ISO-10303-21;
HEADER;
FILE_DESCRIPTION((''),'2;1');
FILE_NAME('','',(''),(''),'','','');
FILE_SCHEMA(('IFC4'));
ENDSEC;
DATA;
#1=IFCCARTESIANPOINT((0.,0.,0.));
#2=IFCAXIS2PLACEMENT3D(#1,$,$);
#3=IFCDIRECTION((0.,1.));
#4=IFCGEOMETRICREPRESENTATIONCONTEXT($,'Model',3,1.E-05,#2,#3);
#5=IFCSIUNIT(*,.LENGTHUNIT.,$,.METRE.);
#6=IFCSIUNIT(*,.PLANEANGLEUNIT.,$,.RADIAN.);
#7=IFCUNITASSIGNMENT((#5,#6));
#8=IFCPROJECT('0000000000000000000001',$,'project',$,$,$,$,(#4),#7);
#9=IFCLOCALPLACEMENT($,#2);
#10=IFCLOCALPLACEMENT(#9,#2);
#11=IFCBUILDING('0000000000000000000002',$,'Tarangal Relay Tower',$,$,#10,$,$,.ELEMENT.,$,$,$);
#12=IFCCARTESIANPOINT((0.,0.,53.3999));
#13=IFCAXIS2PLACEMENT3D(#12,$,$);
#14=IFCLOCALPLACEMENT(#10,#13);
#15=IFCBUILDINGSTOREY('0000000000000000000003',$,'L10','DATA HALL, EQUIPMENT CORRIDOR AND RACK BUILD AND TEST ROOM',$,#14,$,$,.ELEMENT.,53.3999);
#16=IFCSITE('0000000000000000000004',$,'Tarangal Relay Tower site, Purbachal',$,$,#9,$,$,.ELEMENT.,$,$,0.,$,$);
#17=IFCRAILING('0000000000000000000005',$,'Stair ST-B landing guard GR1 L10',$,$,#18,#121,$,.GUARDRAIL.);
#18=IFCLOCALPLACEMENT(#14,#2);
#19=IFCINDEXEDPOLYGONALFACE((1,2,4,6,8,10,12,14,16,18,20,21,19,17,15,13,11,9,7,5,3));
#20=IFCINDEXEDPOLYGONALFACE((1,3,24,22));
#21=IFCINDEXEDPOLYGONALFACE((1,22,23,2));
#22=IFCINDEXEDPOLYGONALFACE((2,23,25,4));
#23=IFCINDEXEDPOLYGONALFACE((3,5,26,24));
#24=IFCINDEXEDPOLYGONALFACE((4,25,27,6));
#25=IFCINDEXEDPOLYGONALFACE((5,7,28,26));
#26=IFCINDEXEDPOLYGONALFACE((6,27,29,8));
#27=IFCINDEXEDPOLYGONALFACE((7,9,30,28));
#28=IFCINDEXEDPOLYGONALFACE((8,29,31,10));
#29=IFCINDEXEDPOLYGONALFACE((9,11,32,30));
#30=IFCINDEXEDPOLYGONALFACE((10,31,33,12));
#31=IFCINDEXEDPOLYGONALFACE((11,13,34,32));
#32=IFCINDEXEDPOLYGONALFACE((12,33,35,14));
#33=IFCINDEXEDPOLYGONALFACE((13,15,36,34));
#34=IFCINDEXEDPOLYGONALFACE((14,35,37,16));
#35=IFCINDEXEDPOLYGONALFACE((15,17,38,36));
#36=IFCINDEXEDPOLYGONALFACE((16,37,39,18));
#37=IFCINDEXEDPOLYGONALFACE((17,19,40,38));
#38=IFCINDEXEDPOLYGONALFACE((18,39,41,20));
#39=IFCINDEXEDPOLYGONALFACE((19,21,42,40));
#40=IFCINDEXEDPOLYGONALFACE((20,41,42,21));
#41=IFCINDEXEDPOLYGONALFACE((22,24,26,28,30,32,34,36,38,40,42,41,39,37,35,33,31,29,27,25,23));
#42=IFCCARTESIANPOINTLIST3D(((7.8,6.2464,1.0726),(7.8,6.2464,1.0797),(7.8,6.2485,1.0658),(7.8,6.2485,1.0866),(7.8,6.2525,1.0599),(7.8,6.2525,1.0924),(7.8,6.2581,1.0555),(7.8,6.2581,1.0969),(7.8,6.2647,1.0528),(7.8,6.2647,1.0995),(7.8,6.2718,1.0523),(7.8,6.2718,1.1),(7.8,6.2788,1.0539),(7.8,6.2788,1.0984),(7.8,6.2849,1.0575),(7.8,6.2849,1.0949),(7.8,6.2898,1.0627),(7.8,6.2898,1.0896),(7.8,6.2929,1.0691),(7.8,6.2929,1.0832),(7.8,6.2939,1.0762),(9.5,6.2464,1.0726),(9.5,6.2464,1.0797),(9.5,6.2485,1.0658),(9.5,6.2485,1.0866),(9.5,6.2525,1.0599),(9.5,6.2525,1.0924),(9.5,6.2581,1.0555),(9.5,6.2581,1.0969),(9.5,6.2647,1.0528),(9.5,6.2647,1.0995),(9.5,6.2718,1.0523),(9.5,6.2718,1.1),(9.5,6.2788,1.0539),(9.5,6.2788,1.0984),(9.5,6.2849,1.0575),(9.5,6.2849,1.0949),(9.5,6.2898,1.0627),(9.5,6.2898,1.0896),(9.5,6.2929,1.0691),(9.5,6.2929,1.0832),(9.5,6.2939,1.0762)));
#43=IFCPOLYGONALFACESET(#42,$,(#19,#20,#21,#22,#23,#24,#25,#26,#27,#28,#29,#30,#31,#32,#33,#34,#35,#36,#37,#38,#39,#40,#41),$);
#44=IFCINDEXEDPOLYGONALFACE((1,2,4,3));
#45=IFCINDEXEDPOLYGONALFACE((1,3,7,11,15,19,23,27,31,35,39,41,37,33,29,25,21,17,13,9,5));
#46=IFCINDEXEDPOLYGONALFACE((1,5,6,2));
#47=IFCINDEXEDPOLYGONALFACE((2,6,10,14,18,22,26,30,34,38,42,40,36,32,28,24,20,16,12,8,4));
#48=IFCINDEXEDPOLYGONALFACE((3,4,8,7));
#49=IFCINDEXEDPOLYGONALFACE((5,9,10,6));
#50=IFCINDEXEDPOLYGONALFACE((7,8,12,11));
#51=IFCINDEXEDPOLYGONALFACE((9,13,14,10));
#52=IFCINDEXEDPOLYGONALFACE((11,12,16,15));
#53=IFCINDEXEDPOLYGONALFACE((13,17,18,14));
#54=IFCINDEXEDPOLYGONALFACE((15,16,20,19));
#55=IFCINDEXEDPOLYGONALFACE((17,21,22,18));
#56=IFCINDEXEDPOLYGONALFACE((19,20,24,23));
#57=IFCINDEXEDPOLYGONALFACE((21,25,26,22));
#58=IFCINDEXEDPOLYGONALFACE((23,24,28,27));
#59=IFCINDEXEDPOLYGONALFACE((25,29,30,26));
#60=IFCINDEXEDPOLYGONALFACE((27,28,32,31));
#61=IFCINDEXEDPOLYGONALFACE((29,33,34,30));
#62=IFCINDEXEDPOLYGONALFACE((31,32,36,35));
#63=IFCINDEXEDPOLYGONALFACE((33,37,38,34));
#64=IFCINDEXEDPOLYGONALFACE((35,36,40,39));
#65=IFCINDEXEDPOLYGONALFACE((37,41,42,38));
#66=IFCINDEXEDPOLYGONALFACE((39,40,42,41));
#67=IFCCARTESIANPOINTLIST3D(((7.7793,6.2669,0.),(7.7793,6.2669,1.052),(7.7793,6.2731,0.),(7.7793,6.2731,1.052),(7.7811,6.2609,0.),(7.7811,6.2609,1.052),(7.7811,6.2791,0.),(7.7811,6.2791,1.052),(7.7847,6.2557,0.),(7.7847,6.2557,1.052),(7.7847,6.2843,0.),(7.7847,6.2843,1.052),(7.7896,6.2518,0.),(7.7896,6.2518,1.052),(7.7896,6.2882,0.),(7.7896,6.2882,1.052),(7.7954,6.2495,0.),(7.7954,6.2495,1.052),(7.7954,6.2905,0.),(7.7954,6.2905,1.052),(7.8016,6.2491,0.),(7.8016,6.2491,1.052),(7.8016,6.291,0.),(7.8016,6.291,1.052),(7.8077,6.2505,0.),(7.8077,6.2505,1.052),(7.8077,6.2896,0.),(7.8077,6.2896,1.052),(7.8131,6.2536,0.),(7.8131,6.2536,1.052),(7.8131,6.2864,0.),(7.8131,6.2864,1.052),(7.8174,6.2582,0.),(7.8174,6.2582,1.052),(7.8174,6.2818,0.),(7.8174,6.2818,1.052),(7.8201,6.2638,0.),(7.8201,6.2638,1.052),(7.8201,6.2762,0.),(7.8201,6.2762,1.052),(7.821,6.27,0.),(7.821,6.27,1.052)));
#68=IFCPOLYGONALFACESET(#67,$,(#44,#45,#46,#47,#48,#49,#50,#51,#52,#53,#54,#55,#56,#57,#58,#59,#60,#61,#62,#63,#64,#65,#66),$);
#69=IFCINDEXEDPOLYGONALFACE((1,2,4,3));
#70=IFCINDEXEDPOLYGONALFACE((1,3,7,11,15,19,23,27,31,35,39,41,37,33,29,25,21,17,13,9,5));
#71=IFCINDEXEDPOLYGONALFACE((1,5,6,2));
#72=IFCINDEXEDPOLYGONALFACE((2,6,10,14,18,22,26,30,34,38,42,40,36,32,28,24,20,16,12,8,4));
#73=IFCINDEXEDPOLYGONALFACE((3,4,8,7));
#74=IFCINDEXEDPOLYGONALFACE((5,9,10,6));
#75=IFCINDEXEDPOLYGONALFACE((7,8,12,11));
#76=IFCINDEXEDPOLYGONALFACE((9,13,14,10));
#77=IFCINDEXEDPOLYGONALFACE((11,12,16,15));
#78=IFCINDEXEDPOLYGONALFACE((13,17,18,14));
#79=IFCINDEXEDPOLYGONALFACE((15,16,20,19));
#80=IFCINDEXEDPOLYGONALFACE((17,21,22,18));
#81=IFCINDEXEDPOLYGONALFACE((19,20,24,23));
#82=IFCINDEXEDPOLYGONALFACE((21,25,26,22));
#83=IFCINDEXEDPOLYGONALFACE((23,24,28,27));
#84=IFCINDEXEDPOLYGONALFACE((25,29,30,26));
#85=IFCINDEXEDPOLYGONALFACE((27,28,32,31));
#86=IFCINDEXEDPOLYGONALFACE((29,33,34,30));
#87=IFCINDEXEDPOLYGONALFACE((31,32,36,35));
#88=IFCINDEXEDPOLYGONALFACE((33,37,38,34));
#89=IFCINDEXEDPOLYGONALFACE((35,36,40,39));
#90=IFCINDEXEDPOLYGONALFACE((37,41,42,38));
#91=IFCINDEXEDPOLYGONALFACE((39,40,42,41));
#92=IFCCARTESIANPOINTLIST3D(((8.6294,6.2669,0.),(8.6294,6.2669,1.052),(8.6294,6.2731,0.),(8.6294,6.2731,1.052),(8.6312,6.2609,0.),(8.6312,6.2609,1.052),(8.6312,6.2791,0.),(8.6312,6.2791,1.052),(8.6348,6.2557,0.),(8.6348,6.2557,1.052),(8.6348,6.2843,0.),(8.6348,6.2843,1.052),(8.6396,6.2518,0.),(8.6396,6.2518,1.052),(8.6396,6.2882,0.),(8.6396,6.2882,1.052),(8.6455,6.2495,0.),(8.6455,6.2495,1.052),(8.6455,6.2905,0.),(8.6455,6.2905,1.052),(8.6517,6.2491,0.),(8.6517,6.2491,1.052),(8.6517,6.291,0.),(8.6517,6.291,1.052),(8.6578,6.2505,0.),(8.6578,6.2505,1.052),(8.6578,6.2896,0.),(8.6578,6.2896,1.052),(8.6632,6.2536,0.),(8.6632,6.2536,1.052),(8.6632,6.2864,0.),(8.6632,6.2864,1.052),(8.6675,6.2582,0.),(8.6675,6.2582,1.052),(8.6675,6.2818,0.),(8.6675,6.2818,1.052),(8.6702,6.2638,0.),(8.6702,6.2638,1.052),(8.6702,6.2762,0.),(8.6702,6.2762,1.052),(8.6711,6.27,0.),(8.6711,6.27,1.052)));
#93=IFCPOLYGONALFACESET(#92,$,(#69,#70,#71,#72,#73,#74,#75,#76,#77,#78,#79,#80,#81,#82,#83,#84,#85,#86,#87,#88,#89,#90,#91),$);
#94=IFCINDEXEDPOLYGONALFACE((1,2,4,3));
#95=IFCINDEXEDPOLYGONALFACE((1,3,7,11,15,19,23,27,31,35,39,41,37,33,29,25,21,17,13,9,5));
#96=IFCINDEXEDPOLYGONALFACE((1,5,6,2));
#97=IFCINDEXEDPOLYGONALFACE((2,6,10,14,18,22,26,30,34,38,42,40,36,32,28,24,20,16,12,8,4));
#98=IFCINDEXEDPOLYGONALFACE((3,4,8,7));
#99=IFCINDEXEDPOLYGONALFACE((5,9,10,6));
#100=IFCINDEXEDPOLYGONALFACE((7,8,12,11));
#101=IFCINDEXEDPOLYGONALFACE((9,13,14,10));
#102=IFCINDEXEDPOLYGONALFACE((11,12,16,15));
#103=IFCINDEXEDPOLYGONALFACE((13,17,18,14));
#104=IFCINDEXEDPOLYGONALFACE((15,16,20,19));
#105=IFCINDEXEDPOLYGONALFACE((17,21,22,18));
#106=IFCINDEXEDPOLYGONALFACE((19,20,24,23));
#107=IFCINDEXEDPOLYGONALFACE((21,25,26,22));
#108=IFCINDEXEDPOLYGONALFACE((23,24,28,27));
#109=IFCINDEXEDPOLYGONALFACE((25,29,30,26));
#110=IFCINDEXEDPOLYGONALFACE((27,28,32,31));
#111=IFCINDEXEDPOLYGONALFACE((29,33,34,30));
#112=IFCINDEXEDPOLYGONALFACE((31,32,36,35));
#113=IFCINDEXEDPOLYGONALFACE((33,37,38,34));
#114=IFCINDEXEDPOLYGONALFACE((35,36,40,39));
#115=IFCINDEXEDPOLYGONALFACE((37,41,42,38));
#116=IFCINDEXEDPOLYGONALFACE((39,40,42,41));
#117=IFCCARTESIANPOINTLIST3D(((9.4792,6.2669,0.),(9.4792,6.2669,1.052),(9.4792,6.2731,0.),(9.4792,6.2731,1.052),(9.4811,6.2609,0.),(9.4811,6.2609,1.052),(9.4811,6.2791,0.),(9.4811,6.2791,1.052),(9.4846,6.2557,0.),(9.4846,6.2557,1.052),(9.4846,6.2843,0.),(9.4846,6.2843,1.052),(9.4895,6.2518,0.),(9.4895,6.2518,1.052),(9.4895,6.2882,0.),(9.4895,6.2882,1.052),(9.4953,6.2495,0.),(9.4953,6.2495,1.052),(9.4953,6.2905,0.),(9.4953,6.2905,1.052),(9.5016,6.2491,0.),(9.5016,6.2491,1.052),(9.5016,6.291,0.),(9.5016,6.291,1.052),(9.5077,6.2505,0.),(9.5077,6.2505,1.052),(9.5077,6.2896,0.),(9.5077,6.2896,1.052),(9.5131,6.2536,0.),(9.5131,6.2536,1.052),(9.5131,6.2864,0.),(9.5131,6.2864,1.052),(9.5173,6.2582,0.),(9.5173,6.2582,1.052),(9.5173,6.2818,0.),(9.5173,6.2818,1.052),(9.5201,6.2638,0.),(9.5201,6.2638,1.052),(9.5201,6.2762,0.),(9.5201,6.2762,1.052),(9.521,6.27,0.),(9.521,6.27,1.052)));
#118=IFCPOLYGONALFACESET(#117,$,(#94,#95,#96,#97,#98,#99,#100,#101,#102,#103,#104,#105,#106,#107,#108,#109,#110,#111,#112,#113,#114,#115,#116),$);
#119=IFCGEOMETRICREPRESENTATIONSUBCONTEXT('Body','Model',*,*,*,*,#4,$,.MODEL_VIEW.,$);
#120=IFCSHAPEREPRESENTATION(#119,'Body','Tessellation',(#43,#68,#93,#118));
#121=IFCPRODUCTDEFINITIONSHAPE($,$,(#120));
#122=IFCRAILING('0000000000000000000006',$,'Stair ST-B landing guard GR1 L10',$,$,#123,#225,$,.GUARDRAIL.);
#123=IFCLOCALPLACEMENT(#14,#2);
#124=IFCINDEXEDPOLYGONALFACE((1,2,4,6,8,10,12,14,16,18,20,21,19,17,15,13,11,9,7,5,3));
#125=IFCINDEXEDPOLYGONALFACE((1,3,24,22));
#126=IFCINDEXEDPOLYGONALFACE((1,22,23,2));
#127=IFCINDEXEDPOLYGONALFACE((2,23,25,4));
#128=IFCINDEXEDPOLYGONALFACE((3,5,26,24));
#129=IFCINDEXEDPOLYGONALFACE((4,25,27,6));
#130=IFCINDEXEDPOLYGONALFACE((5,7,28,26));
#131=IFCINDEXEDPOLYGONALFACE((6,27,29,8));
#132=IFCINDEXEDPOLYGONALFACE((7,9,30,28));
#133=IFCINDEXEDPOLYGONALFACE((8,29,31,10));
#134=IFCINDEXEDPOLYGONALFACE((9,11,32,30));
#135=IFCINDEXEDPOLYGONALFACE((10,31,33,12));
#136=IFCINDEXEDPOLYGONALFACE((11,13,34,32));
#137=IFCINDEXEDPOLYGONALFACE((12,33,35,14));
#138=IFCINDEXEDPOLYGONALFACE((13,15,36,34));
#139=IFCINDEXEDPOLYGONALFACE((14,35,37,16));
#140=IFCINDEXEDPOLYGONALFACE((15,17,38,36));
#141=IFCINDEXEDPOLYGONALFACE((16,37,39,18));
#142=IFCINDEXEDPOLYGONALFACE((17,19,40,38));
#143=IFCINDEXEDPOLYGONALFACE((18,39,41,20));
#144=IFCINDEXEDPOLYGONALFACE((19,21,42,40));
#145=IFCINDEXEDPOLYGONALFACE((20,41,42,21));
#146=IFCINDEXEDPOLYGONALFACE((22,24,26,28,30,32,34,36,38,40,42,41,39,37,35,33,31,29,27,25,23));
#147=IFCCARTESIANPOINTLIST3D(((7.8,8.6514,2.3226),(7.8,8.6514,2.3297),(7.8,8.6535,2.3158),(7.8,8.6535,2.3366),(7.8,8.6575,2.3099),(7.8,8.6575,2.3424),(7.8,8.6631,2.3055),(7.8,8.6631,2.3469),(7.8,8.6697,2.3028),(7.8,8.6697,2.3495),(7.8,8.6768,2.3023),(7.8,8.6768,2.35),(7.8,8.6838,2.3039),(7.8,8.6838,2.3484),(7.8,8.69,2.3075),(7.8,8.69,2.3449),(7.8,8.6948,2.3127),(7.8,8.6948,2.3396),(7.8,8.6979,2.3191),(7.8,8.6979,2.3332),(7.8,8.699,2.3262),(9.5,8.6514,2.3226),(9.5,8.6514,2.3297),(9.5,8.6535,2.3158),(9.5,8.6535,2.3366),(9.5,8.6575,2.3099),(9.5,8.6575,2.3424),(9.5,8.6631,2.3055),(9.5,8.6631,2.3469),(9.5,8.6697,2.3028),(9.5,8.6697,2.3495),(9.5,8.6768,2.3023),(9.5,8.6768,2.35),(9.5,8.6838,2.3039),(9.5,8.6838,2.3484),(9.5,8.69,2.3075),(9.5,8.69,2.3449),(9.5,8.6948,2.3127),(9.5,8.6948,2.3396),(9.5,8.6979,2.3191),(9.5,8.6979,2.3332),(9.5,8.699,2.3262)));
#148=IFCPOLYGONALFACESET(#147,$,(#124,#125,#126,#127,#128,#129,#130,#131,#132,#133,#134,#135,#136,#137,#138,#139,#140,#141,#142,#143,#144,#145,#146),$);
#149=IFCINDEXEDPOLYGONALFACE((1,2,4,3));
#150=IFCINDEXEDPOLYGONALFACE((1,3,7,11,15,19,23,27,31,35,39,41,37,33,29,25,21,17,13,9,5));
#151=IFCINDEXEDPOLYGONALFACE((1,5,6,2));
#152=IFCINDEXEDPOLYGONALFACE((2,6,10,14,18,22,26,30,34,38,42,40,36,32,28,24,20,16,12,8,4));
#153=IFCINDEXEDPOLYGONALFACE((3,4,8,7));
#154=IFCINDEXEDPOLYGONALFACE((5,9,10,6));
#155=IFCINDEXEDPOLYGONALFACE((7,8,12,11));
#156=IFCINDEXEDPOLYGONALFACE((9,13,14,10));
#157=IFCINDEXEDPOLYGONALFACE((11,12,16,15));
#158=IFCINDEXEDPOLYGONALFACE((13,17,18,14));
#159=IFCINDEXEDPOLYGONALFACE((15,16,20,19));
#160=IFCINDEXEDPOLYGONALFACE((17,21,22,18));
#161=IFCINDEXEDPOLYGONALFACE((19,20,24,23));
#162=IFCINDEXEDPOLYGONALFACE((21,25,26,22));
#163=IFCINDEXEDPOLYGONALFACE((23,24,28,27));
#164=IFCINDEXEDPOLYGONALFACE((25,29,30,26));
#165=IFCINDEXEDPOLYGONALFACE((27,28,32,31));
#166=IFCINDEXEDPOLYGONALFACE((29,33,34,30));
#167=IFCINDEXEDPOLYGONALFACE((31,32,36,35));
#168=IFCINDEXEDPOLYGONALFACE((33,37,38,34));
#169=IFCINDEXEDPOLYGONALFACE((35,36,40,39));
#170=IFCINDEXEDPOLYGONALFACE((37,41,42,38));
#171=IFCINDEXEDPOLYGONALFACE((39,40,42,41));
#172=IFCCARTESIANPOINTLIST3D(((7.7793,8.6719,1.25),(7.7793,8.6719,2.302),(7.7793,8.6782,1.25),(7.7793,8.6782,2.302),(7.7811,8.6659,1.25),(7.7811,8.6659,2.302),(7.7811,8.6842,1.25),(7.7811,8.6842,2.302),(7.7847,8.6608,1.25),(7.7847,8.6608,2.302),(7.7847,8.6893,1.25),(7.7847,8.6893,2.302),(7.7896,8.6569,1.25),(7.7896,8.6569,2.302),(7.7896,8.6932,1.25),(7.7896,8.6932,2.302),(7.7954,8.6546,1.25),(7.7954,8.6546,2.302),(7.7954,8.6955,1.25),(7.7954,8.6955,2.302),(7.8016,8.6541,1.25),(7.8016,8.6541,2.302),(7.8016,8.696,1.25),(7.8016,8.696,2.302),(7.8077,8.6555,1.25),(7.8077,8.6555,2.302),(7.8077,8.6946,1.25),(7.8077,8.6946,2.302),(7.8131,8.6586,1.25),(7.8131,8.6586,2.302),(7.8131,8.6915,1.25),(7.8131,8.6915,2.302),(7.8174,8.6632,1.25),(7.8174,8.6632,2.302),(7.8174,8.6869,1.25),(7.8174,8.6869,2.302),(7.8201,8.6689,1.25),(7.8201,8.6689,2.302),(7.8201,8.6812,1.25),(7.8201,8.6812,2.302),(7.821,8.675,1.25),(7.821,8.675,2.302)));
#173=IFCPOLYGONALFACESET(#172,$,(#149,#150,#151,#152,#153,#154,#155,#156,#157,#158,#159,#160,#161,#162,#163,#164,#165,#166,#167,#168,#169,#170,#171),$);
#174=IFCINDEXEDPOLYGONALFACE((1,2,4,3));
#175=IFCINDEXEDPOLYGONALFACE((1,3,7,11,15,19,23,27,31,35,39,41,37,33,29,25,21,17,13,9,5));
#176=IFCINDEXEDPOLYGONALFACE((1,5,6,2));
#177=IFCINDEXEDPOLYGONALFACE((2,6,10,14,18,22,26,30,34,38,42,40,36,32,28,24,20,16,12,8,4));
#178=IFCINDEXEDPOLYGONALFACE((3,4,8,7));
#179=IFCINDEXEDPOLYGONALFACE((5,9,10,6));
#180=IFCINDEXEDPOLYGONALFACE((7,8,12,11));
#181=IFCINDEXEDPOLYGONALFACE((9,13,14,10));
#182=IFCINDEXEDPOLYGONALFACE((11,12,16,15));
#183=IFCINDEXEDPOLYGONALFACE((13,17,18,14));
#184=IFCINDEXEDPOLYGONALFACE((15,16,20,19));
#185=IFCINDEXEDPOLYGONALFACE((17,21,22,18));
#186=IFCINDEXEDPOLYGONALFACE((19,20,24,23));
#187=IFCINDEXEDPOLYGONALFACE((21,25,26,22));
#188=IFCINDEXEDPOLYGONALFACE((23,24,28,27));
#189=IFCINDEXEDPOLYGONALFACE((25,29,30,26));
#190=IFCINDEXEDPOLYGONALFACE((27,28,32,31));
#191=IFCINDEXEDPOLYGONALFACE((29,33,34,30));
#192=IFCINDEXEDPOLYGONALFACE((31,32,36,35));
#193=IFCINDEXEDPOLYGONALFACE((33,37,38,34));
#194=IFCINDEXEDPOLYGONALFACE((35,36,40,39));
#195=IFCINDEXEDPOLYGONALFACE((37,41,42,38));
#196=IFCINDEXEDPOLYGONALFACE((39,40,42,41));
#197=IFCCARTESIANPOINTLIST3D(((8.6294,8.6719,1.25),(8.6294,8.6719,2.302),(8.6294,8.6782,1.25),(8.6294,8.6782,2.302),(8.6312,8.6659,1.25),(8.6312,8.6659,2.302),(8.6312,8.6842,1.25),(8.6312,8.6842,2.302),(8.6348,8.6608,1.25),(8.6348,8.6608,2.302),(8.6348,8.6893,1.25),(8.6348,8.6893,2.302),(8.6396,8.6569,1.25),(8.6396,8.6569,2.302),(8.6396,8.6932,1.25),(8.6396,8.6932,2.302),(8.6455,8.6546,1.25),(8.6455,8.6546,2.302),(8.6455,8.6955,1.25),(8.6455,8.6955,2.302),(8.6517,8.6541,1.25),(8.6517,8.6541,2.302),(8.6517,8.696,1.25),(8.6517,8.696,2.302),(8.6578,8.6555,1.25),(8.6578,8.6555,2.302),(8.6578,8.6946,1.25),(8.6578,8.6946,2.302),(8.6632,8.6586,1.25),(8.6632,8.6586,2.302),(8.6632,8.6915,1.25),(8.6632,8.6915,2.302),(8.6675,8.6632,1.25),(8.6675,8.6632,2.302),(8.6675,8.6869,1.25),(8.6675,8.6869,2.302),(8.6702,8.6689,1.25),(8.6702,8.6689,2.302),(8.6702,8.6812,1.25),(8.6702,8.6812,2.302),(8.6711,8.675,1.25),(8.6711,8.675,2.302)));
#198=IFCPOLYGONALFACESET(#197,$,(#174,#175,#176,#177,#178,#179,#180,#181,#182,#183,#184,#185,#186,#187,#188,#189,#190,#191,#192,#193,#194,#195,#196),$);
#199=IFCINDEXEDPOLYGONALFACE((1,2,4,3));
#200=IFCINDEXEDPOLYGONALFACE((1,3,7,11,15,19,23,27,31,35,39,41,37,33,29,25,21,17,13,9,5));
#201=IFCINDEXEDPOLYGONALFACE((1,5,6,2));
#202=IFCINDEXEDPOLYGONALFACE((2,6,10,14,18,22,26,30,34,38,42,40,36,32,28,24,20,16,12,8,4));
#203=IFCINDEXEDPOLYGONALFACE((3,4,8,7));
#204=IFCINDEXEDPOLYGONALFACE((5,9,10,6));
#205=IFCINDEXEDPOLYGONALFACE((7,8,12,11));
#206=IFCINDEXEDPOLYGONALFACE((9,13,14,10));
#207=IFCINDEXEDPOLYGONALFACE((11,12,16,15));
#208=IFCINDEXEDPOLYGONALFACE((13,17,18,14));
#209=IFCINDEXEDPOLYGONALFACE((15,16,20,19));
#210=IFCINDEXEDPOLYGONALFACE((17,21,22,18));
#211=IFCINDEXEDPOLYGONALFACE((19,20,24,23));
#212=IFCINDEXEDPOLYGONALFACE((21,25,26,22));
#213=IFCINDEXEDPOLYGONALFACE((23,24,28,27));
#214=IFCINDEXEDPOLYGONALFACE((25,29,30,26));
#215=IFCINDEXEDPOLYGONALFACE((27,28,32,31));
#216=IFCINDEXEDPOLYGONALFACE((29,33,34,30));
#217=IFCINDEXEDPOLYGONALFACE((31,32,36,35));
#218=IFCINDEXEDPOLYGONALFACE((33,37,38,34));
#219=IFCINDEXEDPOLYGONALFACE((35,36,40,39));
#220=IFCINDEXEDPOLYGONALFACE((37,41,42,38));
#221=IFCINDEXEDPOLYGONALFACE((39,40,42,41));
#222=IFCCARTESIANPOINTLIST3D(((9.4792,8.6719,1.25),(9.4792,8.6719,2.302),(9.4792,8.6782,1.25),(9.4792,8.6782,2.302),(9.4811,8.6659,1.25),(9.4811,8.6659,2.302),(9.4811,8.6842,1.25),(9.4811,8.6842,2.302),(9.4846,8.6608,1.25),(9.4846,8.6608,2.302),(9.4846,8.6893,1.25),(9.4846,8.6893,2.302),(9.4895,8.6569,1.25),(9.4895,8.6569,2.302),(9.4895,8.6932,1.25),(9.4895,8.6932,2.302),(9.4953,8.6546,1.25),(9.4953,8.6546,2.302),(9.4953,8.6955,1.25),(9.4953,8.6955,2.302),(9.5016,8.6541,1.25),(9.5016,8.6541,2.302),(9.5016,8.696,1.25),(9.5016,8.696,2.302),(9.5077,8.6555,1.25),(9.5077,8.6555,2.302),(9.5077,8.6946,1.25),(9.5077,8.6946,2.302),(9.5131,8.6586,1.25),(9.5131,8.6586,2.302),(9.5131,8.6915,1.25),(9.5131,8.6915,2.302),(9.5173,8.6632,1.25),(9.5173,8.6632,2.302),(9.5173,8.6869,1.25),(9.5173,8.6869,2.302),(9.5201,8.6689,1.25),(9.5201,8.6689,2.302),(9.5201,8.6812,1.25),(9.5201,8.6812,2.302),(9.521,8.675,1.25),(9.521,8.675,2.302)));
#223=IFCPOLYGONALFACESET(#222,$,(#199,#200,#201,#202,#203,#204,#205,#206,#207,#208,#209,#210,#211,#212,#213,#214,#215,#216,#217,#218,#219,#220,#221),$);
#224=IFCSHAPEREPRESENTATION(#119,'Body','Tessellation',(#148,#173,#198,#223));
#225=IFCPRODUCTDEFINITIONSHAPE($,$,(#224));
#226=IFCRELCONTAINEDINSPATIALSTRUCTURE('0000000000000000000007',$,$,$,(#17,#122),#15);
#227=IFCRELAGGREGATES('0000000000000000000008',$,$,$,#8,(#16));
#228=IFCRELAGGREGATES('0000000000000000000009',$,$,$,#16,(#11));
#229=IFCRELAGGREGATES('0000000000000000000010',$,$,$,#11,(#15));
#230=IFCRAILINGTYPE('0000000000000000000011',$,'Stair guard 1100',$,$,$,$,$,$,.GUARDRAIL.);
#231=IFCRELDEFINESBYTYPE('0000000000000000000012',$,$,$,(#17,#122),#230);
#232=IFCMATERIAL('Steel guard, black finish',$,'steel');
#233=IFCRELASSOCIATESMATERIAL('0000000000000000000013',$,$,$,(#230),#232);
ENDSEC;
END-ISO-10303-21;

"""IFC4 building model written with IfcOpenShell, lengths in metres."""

from ifc_helpers import new_model, si_unit, direction, frame, origin, origin_2d, place, context, subcontext, project, spatial, circle, extrude, material, type_object, element, save


model = new_model("IFC4")

# Units and contexts
model_context = context("Model", 3, precision=1e-05, world=origin(), true_north=direction((0.0, 1.0)))
body_context = subcontext(model_context, "Body", "Model", "MODEL_VIEW")
ifc_project = project(units=[si_unit("LENGTHUNIT", "METRE"), si_unit("PLANEANGLEUNIT", "RADIAN")], contexts=[model_context])

# Site, building, storey
site_placement = place(None, origin())
site = spatial("IfcSite", under=ifc_project, at=site_placement, Name="Tarangal Relay Tower site, Purbachal", CompositionType="ELEMENT", RefElevation=0.0)
building_placement = place(site_placement, origin())
building = spatial("IfcBuilding", under=site, at=building_placement, Name="Tarangal Relay Tower", CompositionType="ELEMENT")
storey_placement = place(building_placement, frame((0.0, 0.0, 53.3999)))
storey = spatial("IfcBuildingStorey", under=building, at=storey_placement, Name="L10", Description="DATA HALL, EQUIPMENT CORRIDOR AND RACK BUILD AND TEST ROOM", CompositionType="ELEMENT", Elevation=53.3999)

# Railings
ifc_material_1 = material(Name="Steel guard, black finish", Category="steel")
railing_type_1 = type_object("IfcRailingType", Name="Stair guard 1100", PredefinedType="GUARDRAIL", material=ifc_material_1)
for number, where, name in (
    (1, (7.8, 6.27, 0.0), "Stair ST-B landing guard GR1 L10"),
    (2, (7.8, 8.675, 1.25), "Stair ST-B landing guard GR1 L10"),
):
    element("IfcRailing", number, at=place(storey_placement, frame(where)), inside=storey, type_object=railing_type_1, Name=name, PredefinedType="GUARDRAIL", context=body_context, shape_type="SweptSolid", body=[
        extrude(circle(Radius=0.0239, at=origin_2d()), frame((0.0, 0.0, 1.0762), z_axis=(1.0, 0.0, 0.0), x_axis=(0.0, 1.0, 0.0)), (0.0, 0.0, 1.0), 1.7),
        extrude(circle(Radius=0.021, at=origin_2d()), origin(), (0.0, 0.0, 1.0), 1.052),
        extrude(circle(Radius=0.021, at=origin_2d()), frame((0.8501, 0.0, 0.0)), (0.0, 0.0, 1.0), 1.052),
        extrude(circle(Radius=0.021, at=origin_2d()), frame((1.7, 0.0, 0.0)), (0.0, 0.0, 1.0), 1.052),
    ])

save(model, "model.ifc")
